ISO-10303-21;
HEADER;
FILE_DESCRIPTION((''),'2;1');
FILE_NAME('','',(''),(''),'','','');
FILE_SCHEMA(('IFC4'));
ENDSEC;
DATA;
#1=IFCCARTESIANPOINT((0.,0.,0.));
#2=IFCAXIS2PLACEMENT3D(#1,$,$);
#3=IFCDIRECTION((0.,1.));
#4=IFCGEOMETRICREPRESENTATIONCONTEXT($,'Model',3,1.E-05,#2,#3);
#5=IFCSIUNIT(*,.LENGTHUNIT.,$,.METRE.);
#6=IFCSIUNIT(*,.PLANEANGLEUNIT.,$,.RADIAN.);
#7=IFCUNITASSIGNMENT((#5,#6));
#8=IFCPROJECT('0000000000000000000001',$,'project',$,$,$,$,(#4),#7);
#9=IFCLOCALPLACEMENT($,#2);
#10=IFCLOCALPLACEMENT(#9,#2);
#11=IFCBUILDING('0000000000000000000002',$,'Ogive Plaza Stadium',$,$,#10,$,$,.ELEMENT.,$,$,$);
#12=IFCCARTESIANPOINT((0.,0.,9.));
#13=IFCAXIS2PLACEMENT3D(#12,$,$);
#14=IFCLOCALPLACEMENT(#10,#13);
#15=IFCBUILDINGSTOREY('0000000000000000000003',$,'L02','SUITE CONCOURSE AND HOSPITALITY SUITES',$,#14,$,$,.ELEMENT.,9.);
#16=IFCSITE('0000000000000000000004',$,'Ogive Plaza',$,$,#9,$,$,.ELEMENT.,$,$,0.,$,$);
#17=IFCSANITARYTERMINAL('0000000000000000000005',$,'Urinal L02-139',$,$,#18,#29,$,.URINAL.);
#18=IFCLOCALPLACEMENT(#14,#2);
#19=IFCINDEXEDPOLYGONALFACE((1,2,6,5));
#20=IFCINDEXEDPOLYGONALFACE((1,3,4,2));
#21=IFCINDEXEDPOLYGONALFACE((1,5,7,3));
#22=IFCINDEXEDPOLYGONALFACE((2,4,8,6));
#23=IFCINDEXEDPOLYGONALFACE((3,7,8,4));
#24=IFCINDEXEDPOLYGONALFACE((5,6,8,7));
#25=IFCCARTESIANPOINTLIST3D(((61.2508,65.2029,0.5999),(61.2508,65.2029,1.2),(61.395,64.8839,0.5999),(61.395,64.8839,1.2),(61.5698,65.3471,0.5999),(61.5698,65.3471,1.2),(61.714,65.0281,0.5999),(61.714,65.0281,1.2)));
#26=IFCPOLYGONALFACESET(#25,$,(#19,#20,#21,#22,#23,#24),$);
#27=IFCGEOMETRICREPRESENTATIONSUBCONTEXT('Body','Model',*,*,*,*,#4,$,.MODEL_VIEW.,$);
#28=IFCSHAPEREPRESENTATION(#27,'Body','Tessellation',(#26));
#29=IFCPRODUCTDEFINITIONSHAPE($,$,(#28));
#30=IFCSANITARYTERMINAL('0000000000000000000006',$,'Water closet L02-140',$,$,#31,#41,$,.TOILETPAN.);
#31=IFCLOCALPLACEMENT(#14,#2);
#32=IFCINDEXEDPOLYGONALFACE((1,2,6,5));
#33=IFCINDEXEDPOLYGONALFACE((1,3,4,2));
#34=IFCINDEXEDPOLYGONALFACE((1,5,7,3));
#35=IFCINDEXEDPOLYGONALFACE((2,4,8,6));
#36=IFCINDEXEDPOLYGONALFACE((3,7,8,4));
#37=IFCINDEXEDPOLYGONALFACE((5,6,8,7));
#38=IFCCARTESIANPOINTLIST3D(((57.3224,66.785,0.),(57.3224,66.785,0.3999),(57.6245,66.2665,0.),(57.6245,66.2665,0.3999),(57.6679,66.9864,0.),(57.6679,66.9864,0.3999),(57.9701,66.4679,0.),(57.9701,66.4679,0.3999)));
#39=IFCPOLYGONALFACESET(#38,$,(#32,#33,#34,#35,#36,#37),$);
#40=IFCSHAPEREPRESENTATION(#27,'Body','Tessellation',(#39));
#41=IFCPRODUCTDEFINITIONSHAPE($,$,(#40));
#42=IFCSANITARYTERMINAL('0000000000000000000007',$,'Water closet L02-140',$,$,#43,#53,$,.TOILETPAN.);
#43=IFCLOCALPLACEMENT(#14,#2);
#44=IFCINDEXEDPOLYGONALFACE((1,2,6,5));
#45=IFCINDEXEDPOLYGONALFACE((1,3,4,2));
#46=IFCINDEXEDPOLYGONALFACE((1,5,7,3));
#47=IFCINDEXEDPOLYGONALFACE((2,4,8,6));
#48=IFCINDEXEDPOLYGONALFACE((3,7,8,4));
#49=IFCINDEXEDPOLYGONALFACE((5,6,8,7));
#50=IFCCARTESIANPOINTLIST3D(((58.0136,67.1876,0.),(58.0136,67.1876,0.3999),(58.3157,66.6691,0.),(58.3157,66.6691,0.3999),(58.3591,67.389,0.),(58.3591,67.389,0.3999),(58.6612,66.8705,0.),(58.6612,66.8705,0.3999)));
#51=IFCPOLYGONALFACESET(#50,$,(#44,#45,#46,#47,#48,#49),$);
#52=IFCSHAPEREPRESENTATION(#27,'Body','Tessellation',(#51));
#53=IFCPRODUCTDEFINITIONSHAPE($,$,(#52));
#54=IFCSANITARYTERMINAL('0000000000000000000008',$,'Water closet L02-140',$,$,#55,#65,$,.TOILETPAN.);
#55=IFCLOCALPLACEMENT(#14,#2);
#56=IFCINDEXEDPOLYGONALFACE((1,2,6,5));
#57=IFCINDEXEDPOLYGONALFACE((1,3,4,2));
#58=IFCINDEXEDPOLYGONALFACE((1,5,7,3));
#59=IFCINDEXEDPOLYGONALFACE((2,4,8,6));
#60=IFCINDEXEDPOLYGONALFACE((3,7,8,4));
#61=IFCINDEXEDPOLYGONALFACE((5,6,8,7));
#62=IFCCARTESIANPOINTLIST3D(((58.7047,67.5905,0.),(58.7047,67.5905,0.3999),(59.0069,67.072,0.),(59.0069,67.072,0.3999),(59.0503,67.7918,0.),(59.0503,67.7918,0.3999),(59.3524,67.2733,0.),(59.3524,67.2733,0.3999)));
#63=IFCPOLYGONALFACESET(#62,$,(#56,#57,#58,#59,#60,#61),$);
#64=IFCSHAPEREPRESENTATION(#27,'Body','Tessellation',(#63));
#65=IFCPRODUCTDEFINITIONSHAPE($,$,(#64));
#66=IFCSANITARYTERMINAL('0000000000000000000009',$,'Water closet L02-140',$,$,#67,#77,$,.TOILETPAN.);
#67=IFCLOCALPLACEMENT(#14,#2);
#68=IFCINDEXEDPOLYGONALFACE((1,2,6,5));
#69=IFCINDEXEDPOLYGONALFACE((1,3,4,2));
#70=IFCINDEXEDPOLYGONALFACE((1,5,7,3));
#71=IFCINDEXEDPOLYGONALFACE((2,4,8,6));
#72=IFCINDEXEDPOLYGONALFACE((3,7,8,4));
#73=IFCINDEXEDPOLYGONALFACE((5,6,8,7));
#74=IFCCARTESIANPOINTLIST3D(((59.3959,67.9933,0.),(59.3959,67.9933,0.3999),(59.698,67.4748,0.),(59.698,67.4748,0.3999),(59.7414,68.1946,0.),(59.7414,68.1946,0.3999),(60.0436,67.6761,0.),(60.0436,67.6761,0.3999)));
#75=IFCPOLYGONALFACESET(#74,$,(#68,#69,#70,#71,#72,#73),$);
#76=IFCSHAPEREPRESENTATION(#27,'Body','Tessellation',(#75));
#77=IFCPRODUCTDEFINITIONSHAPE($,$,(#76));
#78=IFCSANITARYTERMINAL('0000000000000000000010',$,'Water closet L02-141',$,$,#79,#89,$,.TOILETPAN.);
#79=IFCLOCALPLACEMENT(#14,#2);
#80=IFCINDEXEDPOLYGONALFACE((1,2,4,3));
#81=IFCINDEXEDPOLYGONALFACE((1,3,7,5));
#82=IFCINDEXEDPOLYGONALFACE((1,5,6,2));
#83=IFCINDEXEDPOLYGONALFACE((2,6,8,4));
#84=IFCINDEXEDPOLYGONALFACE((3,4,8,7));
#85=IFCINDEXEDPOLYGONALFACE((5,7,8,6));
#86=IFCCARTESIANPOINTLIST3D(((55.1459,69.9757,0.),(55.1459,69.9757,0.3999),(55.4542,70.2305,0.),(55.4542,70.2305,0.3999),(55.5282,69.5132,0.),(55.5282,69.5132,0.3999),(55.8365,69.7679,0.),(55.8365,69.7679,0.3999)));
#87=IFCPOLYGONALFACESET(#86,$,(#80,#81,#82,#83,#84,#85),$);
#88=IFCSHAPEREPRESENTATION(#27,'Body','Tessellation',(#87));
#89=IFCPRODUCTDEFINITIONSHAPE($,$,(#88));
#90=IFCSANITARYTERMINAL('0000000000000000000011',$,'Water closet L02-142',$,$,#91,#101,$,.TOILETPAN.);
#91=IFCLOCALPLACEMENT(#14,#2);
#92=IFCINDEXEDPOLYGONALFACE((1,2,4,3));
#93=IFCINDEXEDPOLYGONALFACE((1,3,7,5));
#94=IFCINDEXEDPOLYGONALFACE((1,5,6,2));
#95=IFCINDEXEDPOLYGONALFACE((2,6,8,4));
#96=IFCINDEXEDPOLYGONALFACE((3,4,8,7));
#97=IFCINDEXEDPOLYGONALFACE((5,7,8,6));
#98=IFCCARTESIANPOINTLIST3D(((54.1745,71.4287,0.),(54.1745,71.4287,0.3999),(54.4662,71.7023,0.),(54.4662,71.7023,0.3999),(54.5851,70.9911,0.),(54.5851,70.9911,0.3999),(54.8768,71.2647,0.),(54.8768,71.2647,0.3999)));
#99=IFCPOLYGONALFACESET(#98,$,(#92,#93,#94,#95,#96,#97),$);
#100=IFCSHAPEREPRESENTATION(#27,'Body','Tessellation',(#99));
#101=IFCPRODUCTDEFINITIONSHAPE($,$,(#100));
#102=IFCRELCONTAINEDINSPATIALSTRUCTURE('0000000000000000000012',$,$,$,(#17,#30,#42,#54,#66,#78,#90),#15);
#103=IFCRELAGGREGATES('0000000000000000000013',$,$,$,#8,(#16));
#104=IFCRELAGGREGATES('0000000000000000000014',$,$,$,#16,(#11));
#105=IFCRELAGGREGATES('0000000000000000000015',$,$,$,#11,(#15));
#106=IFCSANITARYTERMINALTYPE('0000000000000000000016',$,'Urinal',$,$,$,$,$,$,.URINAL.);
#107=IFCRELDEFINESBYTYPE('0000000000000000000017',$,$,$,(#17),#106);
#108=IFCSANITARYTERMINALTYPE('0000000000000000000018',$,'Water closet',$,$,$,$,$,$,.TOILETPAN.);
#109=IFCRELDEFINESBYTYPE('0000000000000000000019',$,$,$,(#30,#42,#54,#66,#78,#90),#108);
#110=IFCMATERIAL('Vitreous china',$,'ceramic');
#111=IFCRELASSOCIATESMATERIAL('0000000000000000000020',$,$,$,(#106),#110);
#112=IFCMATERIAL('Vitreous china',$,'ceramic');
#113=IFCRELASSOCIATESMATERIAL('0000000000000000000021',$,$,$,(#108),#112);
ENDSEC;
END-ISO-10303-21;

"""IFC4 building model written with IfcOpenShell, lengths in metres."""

from ifc_helpers import new_model, si_unit, direction, frame, origin, origin_2d, place, context, subcontext, project, spatial, rectangle, extrude, material, type_object, element, save


model = new_model("IFC4")

# Units and contexts
model_context = context("Model", 3, precision=1e-05, world=origin(), true_north=direction((0.0, 1.0)))
body_context = subcontext(model_context, "Body", "Model", "MODEL_VIEW")
ifc_project = project(units=[si_unit("LENGTHUNIT", "METRE"), si_unit("PLANEANGLEUNIT", "RADIAN")], contexts=[model_context])

# Site, building, storey
site_placement = place(None, origin())
site = spatial("IfcSite", under=ifc_project, at=site_placement, Name="Ogive Plaza", CompositionType="ELEMENT", RefElevation=0.0)
building_placement = place(site_placement, origin())
building = spatial("IfcBuilding", under=site, at=building_placement, Name="Ogive Plaza Stadium", CompositionType="ELEMENT")
storey_placement = place(building_placement, frame((0.0, 0.0, 9.0)))
storey = spatial("IfcBuildingStorey", under=building, at=storey_placement, Name="L02", Description="SUITE CONCOURSE AND HOSPITALITY SUITES", CompositionType="ELEMENT", Elevation=9.0)

# Sanitary terminals
ifc_material_1 = material(Name="Vitreous china", Category="ceramic")
sanitary_terminal_type_1 = type_object("IfcSanitaryTerminalType", Name="Urinal", PredefinedType="URINAL", material=ifc_material_1)
sanitary_terminal_placement = place(storey_placement, frame((61.4824, 65.1155, 0.5999), z_axis=(0.0, 0.0, 1.0), x_axis=(0.911223, 0.411914, 0.0)))
element("IfcSanitaryTerminal", 1, at=sanitary_terminal_placement, inside=storey, type_object=sanitary_terminal_type_1, Name="Urinal L02-139", PredefinedType="URINAL", context=body_context, shape_type="SweptSolid", body=[
    extrude(rectangle(XDim=0.3501, YDim=0.3501, at=origin_2d()), origin(), (0.0, 0.0, 1.0), 0.6001),
])
ifc_material_2 = material(Name="Vitreous china", Category="ceramic")
sanitary_terminal_type_2 = type_object("IfcSanitaryTerminalType", Name="Water closet", PredefinedType="TOILETPAN", material=ifc_material_2)
for number, where, z_axis, x_axis, name in (
    (2, (57.6462, 66.6265, 0.0), (0.0, 0.0, 1.0), (0.864009, 0.503477, 0.0), "Water closet L02-140"),
    (3, (58.3374, 67.0291, 0.0), (0.0, 0.0, 1.0), (0.864009, 0.503477, 0.0), "Water closet L02-140"),
    (4, (59.0286, 67.4319, 0.0), (0.0, 0.0, 1.0), (0.864009, 0.503477, 0.0), "Water closet L02-140"),
    (5, (59.7197, 67.8347, 0.0), (0.0, 0.0, 1.0), (0.864009, 0.503477, 0.0), "Water closet L02-140"),
    (6, (55.4912, 69.8718, 0.0), (0.0, 0.0, 1.0), (0.77083, 0.637041, 0.0), "Water closet L02-141"),
    (7, (54.5256, 71.3467, 0.0), (0.0, 0.0, 1.0), (0.729268, 0.684228, 0.0), "Water closet L02-142"),
):
    element("IfcSanitaryTerminal", number, at=place(storey_placement, frame(where, z_axis=z_axis, x_axis=x_axis)), inside=storey, type_object=sanitary_terminal_type_2, Name=name, PredefinedType="TOILETPAN", context=body_context, shape_type="SweptSolid", body=[
        extrude(rectangle(XDim=0.3999, YDim=0.6001, at=origin_2d()), origin(), (0.0, 0.0, 1.0), 0.3999),
    ])

save(model, "model.ifc")
